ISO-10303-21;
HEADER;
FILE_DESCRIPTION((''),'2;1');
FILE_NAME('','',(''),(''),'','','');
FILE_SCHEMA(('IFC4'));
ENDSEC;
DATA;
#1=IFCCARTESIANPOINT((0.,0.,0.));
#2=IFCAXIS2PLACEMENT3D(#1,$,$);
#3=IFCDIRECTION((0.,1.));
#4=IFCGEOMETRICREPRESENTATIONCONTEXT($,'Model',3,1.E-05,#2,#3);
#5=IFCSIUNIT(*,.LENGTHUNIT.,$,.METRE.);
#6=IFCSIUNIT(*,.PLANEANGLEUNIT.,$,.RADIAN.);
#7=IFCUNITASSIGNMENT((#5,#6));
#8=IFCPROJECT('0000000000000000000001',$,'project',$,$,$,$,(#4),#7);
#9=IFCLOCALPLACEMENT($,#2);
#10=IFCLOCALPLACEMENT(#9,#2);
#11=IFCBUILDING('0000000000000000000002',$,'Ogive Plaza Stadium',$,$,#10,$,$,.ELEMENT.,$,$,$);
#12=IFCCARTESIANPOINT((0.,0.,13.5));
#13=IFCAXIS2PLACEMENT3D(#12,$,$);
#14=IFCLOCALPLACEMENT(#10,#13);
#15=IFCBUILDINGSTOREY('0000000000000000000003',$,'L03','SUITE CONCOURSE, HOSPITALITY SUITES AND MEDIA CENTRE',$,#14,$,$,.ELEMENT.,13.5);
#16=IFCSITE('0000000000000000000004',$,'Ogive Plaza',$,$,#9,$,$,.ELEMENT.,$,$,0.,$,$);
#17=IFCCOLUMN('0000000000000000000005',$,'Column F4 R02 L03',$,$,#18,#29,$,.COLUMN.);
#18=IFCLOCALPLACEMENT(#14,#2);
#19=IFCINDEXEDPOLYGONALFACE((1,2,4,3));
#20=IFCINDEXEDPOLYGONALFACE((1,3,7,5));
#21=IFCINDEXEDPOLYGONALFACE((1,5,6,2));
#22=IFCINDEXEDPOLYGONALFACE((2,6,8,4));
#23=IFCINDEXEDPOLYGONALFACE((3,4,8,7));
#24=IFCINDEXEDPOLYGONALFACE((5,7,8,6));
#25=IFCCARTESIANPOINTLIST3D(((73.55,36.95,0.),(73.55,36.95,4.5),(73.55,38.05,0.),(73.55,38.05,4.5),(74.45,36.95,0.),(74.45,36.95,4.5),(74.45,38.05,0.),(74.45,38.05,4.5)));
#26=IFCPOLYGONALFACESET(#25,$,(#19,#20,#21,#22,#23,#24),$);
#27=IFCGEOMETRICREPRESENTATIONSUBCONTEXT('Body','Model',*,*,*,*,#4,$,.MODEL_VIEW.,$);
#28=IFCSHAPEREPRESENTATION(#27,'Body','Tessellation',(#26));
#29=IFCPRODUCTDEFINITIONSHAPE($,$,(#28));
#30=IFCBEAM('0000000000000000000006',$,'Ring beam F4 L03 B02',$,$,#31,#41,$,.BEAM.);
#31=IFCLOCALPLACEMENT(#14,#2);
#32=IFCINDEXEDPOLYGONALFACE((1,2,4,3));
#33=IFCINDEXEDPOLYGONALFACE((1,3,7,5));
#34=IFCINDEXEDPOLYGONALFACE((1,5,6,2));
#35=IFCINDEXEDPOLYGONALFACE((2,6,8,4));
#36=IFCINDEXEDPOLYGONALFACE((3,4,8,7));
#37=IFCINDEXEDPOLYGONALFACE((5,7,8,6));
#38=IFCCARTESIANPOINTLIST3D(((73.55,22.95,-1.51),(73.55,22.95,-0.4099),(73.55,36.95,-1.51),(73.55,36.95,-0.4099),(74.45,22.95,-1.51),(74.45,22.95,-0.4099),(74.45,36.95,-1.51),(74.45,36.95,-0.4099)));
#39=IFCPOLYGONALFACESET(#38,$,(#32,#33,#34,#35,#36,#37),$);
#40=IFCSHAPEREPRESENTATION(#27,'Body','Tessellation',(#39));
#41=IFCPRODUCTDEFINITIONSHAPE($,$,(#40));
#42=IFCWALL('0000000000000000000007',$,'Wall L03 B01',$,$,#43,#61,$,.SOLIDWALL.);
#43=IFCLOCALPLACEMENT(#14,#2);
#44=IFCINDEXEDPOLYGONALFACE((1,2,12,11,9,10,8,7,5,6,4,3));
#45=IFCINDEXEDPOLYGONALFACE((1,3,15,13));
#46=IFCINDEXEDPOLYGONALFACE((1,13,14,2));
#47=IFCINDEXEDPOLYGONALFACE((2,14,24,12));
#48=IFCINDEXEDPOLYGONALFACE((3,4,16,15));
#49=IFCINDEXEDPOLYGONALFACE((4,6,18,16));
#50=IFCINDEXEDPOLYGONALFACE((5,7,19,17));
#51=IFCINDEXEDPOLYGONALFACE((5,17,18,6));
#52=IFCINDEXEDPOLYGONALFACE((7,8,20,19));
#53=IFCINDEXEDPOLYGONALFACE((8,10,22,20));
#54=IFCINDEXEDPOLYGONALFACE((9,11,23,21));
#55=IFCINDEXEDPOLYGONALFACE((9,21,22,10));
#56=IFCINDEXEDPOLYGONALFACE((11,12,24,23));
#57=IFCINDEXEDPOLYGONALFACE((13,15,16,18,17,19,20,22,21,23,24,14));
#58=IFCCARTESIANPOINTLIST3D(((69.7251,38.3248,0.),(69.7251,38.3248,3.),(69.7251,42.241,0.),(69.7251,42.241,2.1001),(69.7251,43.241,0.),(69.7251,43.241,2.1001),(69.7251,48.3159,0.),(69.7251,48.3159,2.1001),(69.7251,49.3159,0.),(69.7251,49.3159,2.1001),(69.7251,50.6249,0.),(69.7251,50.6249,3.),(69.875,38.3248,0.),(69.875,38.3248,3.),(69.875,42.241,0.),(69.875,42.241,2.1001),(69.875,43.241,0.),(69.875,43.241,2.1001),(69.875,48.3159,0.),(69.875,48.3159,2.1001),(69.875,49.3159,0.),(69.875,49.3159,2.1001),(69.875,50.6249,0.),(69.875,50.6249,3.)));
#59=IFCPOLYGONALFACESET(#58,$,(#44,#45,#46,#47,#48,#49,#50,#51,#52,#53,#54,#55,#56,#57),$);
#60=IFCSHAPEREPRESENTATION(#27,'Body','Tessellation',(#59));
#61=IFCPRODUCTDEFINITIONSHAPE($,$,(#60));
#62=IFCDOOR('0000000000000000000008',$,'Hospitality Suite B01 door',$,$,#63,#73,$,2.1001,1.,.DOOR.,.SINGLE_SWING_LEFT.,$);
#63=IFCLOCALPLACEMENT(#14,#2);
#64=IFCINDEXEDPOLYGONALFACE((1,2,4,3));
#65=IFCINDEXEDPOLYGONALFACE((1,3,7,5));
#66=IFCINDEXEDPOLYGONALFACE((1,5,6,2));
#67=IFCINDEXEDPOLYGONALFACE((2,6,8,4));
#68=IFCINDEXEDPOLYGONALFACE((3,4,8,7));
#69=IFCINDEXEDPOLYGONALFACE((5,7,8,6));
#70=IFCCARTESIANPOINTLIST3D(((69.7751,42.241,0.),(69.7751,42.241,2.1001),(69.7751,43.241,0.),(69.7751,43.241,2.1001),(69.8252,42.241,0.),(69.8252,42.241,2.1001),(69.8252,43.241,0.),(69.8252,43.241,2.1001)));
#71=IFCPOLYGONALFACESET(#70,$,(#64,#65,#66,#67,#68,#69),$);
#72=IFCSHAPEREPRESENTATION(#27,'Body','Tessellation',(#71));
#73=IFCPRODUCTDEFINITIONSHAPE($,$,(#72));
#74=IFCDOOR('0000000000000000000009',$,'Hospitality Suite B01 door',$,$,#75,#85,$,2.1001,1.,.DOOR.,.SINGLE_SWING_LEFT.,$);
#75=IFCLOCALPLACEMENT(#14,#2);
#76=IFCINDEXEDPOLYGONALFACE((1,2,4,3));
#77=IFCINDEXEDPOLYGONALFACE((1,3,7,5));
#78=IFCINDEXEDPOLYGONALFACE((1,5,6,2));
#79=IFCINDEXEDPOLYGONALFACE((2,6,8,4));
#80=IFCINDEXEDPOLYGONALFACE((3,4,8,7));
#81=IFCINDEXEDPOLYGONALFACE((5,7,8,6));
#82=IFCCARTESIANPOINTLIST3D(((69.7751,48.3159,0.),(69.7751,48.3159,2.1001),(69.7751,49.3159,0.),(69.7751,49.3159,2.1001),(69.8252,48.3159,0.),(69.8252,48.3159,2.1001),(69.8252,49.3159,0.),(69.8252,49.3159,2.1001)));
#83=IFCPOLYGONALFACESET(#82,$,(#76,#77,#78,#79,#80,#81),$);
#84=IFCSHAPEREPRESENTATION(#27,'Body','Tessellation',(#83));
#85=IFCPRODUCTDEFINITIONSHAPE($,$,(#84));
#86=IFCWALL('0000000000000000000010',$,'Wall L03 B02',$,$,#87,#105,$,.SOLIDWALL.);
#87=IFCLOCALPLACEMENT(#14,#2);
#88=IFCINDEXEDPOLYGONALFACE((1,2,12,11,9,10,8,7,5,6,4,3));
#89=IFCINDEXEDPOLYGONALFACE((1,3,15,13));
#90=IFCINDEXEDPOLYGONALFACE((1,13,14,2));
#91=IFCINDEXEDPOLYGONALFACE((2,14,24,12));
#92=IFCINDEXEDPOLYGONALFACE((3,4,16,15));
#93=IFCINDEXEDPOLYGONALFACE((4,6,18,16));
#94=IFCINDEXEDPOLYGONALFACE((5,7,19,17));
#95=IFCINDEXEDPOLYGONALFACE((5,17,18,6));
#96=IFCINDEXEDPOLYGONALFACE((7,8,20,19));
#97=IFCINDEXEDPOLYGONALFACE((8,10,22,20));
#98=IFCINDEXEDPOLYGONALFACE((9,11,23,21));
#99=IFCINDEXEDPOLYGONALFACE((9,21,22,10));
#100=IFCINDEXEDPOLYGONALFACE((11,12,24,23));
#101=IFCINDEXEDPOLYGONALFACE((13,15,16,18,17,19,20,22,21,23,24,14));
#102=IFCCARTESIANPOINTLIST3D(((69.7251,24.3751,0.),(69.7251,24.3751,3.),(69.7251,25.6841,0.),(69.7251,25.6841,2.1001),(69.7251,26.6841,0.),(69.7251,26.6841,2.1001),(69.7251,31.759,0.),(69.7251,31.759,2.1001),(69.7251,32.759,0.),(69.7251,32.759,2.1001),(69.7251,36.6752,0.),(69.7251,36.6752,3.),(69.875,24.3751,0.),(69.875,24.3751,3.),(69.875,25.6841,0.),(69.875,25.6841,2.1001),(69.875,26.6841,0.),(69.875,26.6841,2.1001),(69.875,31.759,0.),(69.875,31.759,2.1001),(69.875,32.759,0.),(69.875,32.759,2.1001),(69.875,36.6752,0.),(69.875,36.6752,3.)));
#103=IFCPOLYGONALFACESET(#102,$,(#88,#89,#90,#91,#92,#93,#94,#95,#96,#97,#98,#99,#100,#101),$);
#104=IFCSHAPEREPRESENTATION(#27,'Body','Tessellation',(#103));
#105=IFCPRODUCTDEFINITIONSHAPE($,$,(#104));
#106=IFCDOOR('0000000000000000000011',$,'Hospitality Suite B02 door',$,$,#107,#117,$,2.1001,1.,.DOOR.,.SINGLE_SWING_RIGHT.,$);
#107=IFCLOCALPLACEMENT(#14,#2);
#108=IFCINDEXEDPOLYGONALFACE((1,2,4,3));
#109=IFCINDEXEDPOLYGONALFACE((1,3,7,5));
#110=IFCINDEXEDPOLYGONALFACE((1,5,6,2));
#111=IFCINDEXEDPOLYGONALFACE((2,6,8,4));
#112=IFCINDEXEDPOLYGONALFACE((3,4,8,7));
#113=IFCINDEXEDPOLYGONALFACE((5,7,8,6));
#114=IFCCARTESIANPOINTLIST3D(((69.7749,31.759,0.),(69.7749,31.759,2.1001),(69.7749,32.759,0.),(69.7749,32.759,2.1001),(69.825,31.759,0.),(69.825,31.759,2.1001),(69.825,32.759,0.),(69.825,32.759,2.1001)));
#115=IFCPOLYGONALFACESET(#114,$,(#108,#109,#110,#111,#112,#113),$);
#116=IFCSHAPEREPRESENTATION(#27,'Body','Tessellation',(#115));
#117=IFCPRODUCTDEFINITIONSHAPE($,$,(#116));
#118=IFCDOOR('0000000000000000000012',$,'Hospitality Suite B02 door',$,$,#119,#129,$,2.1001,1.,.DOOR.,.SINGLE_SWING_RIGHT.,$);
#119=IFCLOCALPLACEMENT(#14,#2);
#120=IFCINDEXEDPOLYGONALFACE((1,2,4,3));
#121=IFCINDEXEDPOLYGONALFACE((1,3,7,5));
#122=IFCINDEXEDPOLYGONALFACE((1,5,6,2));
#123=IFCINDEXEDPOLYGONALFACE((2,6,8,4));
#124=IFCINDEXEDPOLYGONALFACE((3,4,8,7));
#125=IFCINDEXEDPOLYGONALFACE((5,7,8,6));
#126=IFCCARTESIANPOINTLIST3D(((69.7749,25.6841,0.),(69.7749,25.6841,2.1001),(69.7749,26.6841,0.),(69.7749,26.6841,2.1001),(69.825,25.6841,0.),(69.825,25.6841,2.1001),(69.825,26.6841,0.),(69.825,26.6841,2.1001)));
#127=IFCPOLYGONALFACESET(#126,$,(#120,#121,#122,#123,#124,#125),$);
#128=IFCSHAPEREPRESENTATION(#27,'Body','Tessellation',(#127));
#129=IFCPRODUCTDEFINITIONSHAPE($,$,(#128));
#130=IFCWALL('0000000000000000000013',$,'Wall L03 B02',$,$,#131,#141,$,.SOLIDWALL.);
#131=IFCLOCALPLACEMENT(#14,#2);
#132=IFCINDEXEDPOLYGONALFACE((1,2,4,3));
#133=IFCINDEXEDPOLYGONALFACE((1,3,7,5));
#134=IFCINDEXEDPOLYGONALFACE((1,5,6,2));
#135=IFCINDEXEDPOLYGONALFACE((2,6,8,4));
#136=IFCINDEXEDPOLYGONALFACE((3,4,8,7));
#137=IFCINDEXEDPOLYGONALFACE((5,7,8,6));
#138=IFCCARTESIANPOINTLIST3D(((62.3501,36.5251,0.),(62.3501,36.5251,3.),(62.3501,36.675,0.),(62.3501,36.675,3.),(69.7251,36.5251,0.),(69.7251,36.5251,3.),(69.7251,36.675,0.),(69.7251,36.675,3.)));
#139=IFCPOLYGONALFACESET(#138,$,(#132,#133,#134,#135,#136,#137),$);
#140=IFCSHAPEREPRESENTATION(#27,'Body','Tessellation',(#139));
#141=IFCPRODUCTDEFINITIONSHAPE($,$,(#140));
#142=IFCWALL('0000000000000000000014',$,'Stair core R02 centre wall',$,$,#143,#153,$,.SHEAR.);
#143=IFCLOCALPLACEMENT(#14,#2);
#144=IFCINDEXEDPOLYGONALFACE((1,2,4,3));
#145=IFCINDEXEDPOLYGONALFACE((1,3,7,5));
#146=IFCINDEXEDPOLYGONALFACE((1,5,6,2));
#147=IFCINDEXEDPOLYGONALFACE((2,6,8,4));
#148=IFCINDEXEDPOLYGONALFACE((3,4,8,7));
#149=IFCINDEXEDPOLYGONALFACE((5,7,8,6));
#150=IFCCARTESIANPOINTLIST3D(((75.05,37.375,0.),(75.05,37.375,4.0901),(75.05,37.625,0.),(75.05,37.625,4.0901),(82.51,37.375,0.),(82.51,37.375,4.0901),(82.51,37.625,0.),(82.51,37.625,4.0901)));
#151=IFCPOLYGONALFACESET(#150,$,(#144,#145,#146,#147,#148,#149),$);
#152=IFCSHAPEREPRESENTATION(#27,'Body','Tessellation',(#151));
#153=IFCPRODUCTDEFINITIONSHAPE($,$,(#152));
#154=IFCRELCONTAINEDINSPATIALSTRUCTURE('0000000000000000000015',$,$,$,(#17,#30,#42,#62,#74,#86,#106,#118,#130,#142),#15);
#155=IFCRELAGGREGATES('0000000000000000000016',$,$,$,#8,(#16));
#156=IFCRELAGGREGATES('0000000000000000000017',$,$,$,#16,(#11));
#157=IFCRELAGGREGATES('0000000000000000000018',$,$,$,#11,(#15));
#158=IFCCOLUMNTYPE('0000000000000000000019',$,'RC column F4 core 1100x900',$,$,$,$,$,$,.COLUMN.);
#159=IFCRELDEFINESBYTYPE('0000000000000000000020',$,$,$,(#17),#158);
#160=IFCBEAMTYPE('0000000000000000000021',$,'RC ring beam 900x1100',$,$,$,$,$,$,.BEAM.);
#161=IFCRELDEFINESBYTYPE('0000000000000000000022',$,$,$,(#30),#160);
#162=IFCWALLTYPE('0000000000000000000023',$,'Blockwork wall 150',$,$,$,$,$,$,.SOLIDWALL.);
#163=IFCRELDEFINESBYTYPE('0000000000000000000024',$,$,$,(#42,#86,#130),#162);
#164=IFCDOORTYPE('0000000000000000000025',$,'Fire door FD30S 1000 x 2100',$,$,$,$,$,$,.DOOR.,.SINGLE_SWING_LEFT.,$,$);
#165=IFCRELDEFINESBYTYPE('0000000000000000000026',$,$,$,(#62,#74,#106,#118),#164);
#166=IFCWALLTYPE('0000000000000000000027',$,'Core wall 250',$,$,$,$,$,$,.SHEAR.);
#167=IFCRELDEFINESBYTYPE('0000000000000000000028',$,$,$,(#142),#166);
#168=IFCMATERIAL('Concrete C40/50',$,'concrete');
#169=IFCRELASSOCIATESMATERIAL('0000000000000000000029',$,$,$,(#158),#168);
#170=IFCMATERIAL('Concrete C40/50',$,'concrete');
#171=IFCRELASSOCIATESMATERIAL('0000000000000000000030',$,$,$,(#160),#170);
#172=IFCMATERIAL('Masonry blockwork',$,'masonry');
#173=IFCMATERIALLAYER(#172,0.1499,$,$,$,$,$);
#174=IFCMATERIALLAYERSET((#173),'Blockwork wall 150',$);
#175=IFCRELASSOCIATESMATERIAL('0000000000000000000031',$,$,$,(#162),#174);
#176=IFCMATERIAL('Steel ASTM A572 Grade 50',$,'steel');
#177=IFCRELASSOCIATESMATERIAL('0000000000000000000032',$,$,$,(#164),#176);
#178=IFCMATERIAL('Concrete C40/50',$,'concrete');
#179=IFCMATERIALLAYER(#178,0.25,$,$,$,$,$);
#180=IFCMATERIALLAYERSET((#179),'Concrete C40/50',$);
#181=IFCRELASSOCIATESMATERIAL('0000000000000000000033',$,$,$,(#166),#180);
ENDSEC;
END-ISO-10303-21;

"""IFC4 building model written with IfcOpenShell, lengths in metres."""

from ifc_helpers import new_model, si_unit, direction, frame, frame_2d, origin, origin_2d, place, context, subcontext, project, spatial, rectangle, extrude, material, layer, layer_set, material_profile, profile_set, type_object, element, fill, save


model = new_model("IFC4")

# Units and contexts
model_context = context("Model", 3, precision=1e-05, world=origin(), true_north=direction((0.0, 1.0)))
body_context = subcontext(model_context, "Body", "Model", "MODEL_VIEW")
ifc_project = project(units=[si_unit("LENGTHUNIT", "METRE"), si_unit("PLANEANGLEUNIT", "RADIAN")], contexts=[model_context])

# Site, building, storey
site_placement = place(None, origin())
site = spatial("IfcSite", under=ifc_project, at=site_placement, Name="Ogive Plaza", CompositionType="ELEMENT", RefElevation=0.0)
building_placement = place(site_placement, origin())
building = spatial("IfcBuilding", under=site, at=building_placement, Name="Ogive Plaza Stadium", CompositionType="ELEMENT")
storey_placement = place(building_placement, frame((0.0, 0.0, 13.5)))
storey = spatial("IfcBuildingStorey", under=building, at=storey_placement, Name="L03", Description="SUITE CONCOURSE, HOSPITALITY SUITES AND MEDIA CENTRE", CompositionType="ELEMENT", Elevation=13.5)

# Column
ifc_material_1 = material(Name="Concrete C40/50", Category="concrete")
ifc_material_profile_1 = material_profile(ifc_material_1, rectangle(XDim=1.1001, YDim=0.8999, at=origin_2d()), Name="RC 1100x900")
ifc_profile_set_1 = profile_set([ifc_material_profile_1], Name="Concrete C40/50")
column_type = type_object("IfcColumnType", Name="RC column F4 core 1100x900", PredefinedType="COLUMN", material=ifc_profile_set_1)
column_placement = place(storey_placement, frame((74.0, 37.5, 0.0), z_axis=(0.0, 0.0, 1.0), x_axis=(0.0, 1.0, 0.0)))
element("IfcColumn", 1, at=column_placement, inside=storey, type_object=column_type, Name="Column F4 R02 L03", PredefinedType="COLUMN", context=body_context, shape_type="SweptSolid", body=[
    extrude(rectangle(XDim=1.1001, YDim=0.8999, at=origin_2d()), origin(), (0.0, 0.0, 1.0), 4.5),
])

# Beam
ifc_material_2 = material(Name="Concrete C40/50", Category="concrete")
ifc_material_profile_2 = material_profile(ifc_material_2, rectangle(XDim=0.8999, YDim=1.1001, at=origin_2d()), Name="RC 900x1100")
ifc_profile_set_2 = profile_set([ifc_material_profile_2], Name="Concrete C40/50")
beam_type = type_object("IfcBeamType", Name="RC ring beam 900x1100", PredefinedType="BEAM", material=ifc_profile_set_2)
beam_placement = place(storey_placement, frame((74.0, 36.95, -0.96), z_axis=(0.0, -1.0, 0.0), x_axis=(1.0, 0.0, 0.0)))
element("IfcBeam", 2, at=beam_placement, inside=storey, type_object=beam_type, Name="Ring beam F4 L03 B02", PredefinedType="BEAM", context=body_context, shape_type="SweptSolid", body=[
    extrude(rectangle(XDim=0.8999, YDim=1.1001, at=origin_2d()), origin(), (0.0, 0.0, 1.0), 14.0),
])

# Walls, openings, doors
ifc_material_3 = material(Name="Masonry blockwork", Category="masonry")
ifc_layer_1 = layer(ifc_material_3, 0.1499)
ifc_layer_set_1 = layer_set([ifc_layer_1], Name="Blockwork wall 150")
wall_type_1 = type_object("IfcWallType", Name="Blockwork wall 150", PredefinedType="SOLIDWALL", material=ifc_layer_set_1)
wall_1_placement = place(storey_placement, frame((69.8, 38.325, 0.0), z_axis=(0.0, 0.0, 1.0), x_axis=(0.0, 1.0, 0.0)))
wall_1 = element("IfcWall", 3, at=wall_1_placement, inside=storey, type_object=wall_type_1, Name="Wall L03 B01", PredefinedType="SOLIDWALL", context=body_context, shape_type="SweptSolid", body=[
    extrude(rectangle(XDim=12.3, YDim=0.1499, at=frame_2d((6.1499, 0.0))), origin(), (0.0, 0.0, 1.0), 3.0),
])
opening_1_placement = place(wall_1_placement, frame((3.916, 0.0, 0.0)))
opening_1 = element("IfcOpeningElement", 4, at=opening_1_placement, cuts=wall_1, PredefinedType="OPENING", context=body_context, shape_type="SweptSolid", body=[
    extrude(rectangle(XDim=1.0, YDim=2.1001, at=frame_2d((0.5, 1.05))), frame((0.0, 0.075, 0.0), z_axis=(0.0, -1.0, 0.0), x_axis=(1.0, 0.0, 0.0)), (0.0, 0.0, 1.0), 0.1499),
])
opening_2_placement = place(wall_1_placement, frame((9.991, 0.0, 0.0)))
opening_2 = element("IfcOpeningElement", 5, at=opening_2_placement, cuts=wall_1, PredefinedType="OPENING", context=body_context, shape_type="SweptSolid", body=[
    extrude(rectangle(XDim=1.0, YDim=2.1001, at=frame_2d((0.5, 1.05))), frame((0.0, 0.075, 0.0), z_axis=(0.0, -1.0, 0.0), x_axis=(1.0, 0.0, 0.0)), (0.0, 0.0, 1.0), 0.1499),
])
ifc_material_4 = material(Name="Steel ASTM A572 Grade 50", Category="steel")
door_type_1 = type_object("IfcDoorType", Name="Fire door FD30S 1000 x 2100", OperationType="SINGLE_SWING_LEFT", PredefinedType="DOOR", material=ifc_material_4)
door_1_placement = place(opening_1_placement, origin())
door_1 = element("IfcDoor", 6, at=door_1_placement, inside=storey, type_object=door_type_1, Name="Hospitality Suite B01 door", OperationType="SINGLE_SWING_LEFT", OverallHeight=2.1001, OverallWidth=1.0, PredefinedType="DOOR", context=body_context, shape_type="SweptSolid", body=[
    extrude(rectangle(XDim=1.0, YDim=2.1001, at=frame_2d((0.5, 1.05))), frame((0.0, 0.0249, 0.0), z_axis=(0.0, -1.0, 0.0), x_axis=(1.0, 0.0, 0.0)), (0.0, 0.0, 1.0), 0.05),
])
fill(opening_1, door_1)
door_2_placement = place(opening_2_placement, origin())
door_2 = element("IfcDoor", 7, at=door_2_placement, inside=storey, type_object=door_type_1, Name="Hospitality Suite B01 door", OperationType="SINGLE_SWING_LEFT", OverallHeight=2.1001, OverallWidth=1.0, PredefinedType="DOOR", context=body_context, shape_type="SweptSolid", body=[
    extrude(rectangle(XDim=1.0, YDim=2.1001, at=frame_2d((0.5, 1.05))), frame((0.0, 0.0249, 0.0), z_axis=(0.0, -1.0, 0.0), x_axis=(1.0, 0.0, 0.0)), (0.0, 0.0, 1.0), 0.05),
])
fill(opening_2, door_2)
wall_2_placement = place(storey_placement, frame((69.8, 36.675, 0.0), z_axis=(0.0, 0.0, 1.0), x_axis=(0.0, -1.0, 0.0)))
wall_2 = element("IfcWall", 8, at=wall_2_placement, inside=storey, type_object=wall_type_1, Name="Wall L03 B02", PredefinedType="SOLIDWALL", context=body_context, shape_type="SweptSolid", body=[
    extrude(rectangle(XDim=12.3, YDim=0.1499, at=frame_2d((6.1499, 0.0))), origin(), (0.0, 0.0, 1.0), 3.0),
])
opening_3_placement = place(wall_2_placement, frame((3.916, 0.0, 0.0)))
opening_3 = element("IfcOpeningElement", 9, at=opening_3_placement, cuts=wall_2, PredefinedType="OPENING", context=body_context, shape_type="SweptSolid", body=[
    extrude(rectangle(XDim=1.0, YDim=2.1001, at=frame_2d((0.5, 1.05))), frame((0.0, 0.075, 0.0), z_axis=(0.0, -1.0, 0.0), x_axis=(1.0, 0.0, 0.0)), (0.0, 0.0, 1.0), 0.1499),
])
opening_4_placement = place(wall_2_placement, frame((9.991, 0.0, 0.0)))
opening_4 = element("IfcOpeningElement", 10, at=opening_4_placement, cuts=wall_2, PredefinedType="OPENING", context=body_context, shape_type="SweptSolid", body=[
    extrude(rectangle(XDim=1.0, YDim=2.1001, at=frame_2d((0.5, 1.05))), frame((0.0, 0.075, 0.0), z_axis=(0.0, -1.0, 0.0), x_axis=(1.0, 0.0, 0.0)), (0.0, 0.0, 1.0), 0.1499),
])
door_3_placement = place(opening_3_placement, origin())
door_3 = element("IfcDoor", 11, at=door_3_placement, inside=storey, type_object=door_type_1, Name="Hospitality Suite B02 door", OperationType="SINGLE_SWING_RIGHT", OverallHeight=2.1001, OverallWidth=1.0, PredefinedType="DOOR", context=body_context, shape_type="SweptSolid", body=[
    extrude(rectangle(XDim=1.0, YDim=2.1001, at=frame_2d((0.5, 1.05))), frame((0.0, 0.0249, 0.0), z_axis=(0.0, -1.0, 0.0), x_axis=(1.0, 0.0, 0.0)), (0.0, 0.0, 1.0), 0.05),
])
fill(opening_3, door_3)
door_4_placement = place(opening_4_placement, origin())
door_4 = element("IfcDoor", 12, at=door_4_placement, inside=storey, type_object=door_type_1, Name="Hospitality Suite B02 door", OperationType="SINGLE_SWING_RIGHT", OverallHeight=2.1001, OverallWidth=1.0, PredefinedType="DOOR", context=body_context, shape_type="SweptSolid", body=[
    extrude(rectangle(XDim=1.0, YDim=2.1001, at=frame_2d((0.5, 1.05))), frame((0.0, 0.0249, 0.0), z_axis=(0.0, -1.0, 0.0), x_axis=(1.0, 0.0, 0.0)), (0.0, 0.0, 1.0), 0.05),
])
fill(opening_4, door_4)

# Walls
wall_3_placement = place(storey_placement, frame((62.3501, 36.6001, 0.0), z_axis=(0.0, 0.0, 1.0), x_axis=(1.0, 0.0, 0.0)))
element("IfcWall", 13, at=wall_3_placement, inside=storey, type_object=wall_type_1, Name="Wall L03 B02", PredefinedType="SOLIDWALL", context=body_context, shape_type="SweptSolid", body=[
    extrude(rectangle(XDim=7.375, YDim=0.1499, at=frame_2d((3.6875, 0.0))), origin(), (0.0, 0.0, 1.0), 3.0),
])
ifc_material_5 = material(Name="Concrete C40/50", Category="concrete")
ifc_layer_2 = layer(ifc_material_5, 0.25)
ifc_layer_set_2 = layer_set([ifc_layer_2], Name="Concrete C40/50")
wall_type_2 = type_object("IfcWallType", Name="Core wall 250", PredefinedType="SHEAR", material=ifc_layer_set_2)
wall_4_placement = place(storey_placement, frame((75.05, 37.5, 0.0), z_axis=(0.0, 0.0, 1.0), x_axis=(1.0, 0.0, 0.0)))
element("IfcWall", 14, at=wall_4_placement, inside=storey, type_object=wall_type_2, Name="Stair core R02 centre wall", PredefinedType="SHEAR", context=body_context, shape_type="SweptSolid", body=[
    extrude(rectangle(XDim=7.46, YDim=0.25, at=frame_2d((3.73, 0.0))), origin(), (0.0, 0.0, 1.0), 4.0901),
])

save(model, "model.ifc")
